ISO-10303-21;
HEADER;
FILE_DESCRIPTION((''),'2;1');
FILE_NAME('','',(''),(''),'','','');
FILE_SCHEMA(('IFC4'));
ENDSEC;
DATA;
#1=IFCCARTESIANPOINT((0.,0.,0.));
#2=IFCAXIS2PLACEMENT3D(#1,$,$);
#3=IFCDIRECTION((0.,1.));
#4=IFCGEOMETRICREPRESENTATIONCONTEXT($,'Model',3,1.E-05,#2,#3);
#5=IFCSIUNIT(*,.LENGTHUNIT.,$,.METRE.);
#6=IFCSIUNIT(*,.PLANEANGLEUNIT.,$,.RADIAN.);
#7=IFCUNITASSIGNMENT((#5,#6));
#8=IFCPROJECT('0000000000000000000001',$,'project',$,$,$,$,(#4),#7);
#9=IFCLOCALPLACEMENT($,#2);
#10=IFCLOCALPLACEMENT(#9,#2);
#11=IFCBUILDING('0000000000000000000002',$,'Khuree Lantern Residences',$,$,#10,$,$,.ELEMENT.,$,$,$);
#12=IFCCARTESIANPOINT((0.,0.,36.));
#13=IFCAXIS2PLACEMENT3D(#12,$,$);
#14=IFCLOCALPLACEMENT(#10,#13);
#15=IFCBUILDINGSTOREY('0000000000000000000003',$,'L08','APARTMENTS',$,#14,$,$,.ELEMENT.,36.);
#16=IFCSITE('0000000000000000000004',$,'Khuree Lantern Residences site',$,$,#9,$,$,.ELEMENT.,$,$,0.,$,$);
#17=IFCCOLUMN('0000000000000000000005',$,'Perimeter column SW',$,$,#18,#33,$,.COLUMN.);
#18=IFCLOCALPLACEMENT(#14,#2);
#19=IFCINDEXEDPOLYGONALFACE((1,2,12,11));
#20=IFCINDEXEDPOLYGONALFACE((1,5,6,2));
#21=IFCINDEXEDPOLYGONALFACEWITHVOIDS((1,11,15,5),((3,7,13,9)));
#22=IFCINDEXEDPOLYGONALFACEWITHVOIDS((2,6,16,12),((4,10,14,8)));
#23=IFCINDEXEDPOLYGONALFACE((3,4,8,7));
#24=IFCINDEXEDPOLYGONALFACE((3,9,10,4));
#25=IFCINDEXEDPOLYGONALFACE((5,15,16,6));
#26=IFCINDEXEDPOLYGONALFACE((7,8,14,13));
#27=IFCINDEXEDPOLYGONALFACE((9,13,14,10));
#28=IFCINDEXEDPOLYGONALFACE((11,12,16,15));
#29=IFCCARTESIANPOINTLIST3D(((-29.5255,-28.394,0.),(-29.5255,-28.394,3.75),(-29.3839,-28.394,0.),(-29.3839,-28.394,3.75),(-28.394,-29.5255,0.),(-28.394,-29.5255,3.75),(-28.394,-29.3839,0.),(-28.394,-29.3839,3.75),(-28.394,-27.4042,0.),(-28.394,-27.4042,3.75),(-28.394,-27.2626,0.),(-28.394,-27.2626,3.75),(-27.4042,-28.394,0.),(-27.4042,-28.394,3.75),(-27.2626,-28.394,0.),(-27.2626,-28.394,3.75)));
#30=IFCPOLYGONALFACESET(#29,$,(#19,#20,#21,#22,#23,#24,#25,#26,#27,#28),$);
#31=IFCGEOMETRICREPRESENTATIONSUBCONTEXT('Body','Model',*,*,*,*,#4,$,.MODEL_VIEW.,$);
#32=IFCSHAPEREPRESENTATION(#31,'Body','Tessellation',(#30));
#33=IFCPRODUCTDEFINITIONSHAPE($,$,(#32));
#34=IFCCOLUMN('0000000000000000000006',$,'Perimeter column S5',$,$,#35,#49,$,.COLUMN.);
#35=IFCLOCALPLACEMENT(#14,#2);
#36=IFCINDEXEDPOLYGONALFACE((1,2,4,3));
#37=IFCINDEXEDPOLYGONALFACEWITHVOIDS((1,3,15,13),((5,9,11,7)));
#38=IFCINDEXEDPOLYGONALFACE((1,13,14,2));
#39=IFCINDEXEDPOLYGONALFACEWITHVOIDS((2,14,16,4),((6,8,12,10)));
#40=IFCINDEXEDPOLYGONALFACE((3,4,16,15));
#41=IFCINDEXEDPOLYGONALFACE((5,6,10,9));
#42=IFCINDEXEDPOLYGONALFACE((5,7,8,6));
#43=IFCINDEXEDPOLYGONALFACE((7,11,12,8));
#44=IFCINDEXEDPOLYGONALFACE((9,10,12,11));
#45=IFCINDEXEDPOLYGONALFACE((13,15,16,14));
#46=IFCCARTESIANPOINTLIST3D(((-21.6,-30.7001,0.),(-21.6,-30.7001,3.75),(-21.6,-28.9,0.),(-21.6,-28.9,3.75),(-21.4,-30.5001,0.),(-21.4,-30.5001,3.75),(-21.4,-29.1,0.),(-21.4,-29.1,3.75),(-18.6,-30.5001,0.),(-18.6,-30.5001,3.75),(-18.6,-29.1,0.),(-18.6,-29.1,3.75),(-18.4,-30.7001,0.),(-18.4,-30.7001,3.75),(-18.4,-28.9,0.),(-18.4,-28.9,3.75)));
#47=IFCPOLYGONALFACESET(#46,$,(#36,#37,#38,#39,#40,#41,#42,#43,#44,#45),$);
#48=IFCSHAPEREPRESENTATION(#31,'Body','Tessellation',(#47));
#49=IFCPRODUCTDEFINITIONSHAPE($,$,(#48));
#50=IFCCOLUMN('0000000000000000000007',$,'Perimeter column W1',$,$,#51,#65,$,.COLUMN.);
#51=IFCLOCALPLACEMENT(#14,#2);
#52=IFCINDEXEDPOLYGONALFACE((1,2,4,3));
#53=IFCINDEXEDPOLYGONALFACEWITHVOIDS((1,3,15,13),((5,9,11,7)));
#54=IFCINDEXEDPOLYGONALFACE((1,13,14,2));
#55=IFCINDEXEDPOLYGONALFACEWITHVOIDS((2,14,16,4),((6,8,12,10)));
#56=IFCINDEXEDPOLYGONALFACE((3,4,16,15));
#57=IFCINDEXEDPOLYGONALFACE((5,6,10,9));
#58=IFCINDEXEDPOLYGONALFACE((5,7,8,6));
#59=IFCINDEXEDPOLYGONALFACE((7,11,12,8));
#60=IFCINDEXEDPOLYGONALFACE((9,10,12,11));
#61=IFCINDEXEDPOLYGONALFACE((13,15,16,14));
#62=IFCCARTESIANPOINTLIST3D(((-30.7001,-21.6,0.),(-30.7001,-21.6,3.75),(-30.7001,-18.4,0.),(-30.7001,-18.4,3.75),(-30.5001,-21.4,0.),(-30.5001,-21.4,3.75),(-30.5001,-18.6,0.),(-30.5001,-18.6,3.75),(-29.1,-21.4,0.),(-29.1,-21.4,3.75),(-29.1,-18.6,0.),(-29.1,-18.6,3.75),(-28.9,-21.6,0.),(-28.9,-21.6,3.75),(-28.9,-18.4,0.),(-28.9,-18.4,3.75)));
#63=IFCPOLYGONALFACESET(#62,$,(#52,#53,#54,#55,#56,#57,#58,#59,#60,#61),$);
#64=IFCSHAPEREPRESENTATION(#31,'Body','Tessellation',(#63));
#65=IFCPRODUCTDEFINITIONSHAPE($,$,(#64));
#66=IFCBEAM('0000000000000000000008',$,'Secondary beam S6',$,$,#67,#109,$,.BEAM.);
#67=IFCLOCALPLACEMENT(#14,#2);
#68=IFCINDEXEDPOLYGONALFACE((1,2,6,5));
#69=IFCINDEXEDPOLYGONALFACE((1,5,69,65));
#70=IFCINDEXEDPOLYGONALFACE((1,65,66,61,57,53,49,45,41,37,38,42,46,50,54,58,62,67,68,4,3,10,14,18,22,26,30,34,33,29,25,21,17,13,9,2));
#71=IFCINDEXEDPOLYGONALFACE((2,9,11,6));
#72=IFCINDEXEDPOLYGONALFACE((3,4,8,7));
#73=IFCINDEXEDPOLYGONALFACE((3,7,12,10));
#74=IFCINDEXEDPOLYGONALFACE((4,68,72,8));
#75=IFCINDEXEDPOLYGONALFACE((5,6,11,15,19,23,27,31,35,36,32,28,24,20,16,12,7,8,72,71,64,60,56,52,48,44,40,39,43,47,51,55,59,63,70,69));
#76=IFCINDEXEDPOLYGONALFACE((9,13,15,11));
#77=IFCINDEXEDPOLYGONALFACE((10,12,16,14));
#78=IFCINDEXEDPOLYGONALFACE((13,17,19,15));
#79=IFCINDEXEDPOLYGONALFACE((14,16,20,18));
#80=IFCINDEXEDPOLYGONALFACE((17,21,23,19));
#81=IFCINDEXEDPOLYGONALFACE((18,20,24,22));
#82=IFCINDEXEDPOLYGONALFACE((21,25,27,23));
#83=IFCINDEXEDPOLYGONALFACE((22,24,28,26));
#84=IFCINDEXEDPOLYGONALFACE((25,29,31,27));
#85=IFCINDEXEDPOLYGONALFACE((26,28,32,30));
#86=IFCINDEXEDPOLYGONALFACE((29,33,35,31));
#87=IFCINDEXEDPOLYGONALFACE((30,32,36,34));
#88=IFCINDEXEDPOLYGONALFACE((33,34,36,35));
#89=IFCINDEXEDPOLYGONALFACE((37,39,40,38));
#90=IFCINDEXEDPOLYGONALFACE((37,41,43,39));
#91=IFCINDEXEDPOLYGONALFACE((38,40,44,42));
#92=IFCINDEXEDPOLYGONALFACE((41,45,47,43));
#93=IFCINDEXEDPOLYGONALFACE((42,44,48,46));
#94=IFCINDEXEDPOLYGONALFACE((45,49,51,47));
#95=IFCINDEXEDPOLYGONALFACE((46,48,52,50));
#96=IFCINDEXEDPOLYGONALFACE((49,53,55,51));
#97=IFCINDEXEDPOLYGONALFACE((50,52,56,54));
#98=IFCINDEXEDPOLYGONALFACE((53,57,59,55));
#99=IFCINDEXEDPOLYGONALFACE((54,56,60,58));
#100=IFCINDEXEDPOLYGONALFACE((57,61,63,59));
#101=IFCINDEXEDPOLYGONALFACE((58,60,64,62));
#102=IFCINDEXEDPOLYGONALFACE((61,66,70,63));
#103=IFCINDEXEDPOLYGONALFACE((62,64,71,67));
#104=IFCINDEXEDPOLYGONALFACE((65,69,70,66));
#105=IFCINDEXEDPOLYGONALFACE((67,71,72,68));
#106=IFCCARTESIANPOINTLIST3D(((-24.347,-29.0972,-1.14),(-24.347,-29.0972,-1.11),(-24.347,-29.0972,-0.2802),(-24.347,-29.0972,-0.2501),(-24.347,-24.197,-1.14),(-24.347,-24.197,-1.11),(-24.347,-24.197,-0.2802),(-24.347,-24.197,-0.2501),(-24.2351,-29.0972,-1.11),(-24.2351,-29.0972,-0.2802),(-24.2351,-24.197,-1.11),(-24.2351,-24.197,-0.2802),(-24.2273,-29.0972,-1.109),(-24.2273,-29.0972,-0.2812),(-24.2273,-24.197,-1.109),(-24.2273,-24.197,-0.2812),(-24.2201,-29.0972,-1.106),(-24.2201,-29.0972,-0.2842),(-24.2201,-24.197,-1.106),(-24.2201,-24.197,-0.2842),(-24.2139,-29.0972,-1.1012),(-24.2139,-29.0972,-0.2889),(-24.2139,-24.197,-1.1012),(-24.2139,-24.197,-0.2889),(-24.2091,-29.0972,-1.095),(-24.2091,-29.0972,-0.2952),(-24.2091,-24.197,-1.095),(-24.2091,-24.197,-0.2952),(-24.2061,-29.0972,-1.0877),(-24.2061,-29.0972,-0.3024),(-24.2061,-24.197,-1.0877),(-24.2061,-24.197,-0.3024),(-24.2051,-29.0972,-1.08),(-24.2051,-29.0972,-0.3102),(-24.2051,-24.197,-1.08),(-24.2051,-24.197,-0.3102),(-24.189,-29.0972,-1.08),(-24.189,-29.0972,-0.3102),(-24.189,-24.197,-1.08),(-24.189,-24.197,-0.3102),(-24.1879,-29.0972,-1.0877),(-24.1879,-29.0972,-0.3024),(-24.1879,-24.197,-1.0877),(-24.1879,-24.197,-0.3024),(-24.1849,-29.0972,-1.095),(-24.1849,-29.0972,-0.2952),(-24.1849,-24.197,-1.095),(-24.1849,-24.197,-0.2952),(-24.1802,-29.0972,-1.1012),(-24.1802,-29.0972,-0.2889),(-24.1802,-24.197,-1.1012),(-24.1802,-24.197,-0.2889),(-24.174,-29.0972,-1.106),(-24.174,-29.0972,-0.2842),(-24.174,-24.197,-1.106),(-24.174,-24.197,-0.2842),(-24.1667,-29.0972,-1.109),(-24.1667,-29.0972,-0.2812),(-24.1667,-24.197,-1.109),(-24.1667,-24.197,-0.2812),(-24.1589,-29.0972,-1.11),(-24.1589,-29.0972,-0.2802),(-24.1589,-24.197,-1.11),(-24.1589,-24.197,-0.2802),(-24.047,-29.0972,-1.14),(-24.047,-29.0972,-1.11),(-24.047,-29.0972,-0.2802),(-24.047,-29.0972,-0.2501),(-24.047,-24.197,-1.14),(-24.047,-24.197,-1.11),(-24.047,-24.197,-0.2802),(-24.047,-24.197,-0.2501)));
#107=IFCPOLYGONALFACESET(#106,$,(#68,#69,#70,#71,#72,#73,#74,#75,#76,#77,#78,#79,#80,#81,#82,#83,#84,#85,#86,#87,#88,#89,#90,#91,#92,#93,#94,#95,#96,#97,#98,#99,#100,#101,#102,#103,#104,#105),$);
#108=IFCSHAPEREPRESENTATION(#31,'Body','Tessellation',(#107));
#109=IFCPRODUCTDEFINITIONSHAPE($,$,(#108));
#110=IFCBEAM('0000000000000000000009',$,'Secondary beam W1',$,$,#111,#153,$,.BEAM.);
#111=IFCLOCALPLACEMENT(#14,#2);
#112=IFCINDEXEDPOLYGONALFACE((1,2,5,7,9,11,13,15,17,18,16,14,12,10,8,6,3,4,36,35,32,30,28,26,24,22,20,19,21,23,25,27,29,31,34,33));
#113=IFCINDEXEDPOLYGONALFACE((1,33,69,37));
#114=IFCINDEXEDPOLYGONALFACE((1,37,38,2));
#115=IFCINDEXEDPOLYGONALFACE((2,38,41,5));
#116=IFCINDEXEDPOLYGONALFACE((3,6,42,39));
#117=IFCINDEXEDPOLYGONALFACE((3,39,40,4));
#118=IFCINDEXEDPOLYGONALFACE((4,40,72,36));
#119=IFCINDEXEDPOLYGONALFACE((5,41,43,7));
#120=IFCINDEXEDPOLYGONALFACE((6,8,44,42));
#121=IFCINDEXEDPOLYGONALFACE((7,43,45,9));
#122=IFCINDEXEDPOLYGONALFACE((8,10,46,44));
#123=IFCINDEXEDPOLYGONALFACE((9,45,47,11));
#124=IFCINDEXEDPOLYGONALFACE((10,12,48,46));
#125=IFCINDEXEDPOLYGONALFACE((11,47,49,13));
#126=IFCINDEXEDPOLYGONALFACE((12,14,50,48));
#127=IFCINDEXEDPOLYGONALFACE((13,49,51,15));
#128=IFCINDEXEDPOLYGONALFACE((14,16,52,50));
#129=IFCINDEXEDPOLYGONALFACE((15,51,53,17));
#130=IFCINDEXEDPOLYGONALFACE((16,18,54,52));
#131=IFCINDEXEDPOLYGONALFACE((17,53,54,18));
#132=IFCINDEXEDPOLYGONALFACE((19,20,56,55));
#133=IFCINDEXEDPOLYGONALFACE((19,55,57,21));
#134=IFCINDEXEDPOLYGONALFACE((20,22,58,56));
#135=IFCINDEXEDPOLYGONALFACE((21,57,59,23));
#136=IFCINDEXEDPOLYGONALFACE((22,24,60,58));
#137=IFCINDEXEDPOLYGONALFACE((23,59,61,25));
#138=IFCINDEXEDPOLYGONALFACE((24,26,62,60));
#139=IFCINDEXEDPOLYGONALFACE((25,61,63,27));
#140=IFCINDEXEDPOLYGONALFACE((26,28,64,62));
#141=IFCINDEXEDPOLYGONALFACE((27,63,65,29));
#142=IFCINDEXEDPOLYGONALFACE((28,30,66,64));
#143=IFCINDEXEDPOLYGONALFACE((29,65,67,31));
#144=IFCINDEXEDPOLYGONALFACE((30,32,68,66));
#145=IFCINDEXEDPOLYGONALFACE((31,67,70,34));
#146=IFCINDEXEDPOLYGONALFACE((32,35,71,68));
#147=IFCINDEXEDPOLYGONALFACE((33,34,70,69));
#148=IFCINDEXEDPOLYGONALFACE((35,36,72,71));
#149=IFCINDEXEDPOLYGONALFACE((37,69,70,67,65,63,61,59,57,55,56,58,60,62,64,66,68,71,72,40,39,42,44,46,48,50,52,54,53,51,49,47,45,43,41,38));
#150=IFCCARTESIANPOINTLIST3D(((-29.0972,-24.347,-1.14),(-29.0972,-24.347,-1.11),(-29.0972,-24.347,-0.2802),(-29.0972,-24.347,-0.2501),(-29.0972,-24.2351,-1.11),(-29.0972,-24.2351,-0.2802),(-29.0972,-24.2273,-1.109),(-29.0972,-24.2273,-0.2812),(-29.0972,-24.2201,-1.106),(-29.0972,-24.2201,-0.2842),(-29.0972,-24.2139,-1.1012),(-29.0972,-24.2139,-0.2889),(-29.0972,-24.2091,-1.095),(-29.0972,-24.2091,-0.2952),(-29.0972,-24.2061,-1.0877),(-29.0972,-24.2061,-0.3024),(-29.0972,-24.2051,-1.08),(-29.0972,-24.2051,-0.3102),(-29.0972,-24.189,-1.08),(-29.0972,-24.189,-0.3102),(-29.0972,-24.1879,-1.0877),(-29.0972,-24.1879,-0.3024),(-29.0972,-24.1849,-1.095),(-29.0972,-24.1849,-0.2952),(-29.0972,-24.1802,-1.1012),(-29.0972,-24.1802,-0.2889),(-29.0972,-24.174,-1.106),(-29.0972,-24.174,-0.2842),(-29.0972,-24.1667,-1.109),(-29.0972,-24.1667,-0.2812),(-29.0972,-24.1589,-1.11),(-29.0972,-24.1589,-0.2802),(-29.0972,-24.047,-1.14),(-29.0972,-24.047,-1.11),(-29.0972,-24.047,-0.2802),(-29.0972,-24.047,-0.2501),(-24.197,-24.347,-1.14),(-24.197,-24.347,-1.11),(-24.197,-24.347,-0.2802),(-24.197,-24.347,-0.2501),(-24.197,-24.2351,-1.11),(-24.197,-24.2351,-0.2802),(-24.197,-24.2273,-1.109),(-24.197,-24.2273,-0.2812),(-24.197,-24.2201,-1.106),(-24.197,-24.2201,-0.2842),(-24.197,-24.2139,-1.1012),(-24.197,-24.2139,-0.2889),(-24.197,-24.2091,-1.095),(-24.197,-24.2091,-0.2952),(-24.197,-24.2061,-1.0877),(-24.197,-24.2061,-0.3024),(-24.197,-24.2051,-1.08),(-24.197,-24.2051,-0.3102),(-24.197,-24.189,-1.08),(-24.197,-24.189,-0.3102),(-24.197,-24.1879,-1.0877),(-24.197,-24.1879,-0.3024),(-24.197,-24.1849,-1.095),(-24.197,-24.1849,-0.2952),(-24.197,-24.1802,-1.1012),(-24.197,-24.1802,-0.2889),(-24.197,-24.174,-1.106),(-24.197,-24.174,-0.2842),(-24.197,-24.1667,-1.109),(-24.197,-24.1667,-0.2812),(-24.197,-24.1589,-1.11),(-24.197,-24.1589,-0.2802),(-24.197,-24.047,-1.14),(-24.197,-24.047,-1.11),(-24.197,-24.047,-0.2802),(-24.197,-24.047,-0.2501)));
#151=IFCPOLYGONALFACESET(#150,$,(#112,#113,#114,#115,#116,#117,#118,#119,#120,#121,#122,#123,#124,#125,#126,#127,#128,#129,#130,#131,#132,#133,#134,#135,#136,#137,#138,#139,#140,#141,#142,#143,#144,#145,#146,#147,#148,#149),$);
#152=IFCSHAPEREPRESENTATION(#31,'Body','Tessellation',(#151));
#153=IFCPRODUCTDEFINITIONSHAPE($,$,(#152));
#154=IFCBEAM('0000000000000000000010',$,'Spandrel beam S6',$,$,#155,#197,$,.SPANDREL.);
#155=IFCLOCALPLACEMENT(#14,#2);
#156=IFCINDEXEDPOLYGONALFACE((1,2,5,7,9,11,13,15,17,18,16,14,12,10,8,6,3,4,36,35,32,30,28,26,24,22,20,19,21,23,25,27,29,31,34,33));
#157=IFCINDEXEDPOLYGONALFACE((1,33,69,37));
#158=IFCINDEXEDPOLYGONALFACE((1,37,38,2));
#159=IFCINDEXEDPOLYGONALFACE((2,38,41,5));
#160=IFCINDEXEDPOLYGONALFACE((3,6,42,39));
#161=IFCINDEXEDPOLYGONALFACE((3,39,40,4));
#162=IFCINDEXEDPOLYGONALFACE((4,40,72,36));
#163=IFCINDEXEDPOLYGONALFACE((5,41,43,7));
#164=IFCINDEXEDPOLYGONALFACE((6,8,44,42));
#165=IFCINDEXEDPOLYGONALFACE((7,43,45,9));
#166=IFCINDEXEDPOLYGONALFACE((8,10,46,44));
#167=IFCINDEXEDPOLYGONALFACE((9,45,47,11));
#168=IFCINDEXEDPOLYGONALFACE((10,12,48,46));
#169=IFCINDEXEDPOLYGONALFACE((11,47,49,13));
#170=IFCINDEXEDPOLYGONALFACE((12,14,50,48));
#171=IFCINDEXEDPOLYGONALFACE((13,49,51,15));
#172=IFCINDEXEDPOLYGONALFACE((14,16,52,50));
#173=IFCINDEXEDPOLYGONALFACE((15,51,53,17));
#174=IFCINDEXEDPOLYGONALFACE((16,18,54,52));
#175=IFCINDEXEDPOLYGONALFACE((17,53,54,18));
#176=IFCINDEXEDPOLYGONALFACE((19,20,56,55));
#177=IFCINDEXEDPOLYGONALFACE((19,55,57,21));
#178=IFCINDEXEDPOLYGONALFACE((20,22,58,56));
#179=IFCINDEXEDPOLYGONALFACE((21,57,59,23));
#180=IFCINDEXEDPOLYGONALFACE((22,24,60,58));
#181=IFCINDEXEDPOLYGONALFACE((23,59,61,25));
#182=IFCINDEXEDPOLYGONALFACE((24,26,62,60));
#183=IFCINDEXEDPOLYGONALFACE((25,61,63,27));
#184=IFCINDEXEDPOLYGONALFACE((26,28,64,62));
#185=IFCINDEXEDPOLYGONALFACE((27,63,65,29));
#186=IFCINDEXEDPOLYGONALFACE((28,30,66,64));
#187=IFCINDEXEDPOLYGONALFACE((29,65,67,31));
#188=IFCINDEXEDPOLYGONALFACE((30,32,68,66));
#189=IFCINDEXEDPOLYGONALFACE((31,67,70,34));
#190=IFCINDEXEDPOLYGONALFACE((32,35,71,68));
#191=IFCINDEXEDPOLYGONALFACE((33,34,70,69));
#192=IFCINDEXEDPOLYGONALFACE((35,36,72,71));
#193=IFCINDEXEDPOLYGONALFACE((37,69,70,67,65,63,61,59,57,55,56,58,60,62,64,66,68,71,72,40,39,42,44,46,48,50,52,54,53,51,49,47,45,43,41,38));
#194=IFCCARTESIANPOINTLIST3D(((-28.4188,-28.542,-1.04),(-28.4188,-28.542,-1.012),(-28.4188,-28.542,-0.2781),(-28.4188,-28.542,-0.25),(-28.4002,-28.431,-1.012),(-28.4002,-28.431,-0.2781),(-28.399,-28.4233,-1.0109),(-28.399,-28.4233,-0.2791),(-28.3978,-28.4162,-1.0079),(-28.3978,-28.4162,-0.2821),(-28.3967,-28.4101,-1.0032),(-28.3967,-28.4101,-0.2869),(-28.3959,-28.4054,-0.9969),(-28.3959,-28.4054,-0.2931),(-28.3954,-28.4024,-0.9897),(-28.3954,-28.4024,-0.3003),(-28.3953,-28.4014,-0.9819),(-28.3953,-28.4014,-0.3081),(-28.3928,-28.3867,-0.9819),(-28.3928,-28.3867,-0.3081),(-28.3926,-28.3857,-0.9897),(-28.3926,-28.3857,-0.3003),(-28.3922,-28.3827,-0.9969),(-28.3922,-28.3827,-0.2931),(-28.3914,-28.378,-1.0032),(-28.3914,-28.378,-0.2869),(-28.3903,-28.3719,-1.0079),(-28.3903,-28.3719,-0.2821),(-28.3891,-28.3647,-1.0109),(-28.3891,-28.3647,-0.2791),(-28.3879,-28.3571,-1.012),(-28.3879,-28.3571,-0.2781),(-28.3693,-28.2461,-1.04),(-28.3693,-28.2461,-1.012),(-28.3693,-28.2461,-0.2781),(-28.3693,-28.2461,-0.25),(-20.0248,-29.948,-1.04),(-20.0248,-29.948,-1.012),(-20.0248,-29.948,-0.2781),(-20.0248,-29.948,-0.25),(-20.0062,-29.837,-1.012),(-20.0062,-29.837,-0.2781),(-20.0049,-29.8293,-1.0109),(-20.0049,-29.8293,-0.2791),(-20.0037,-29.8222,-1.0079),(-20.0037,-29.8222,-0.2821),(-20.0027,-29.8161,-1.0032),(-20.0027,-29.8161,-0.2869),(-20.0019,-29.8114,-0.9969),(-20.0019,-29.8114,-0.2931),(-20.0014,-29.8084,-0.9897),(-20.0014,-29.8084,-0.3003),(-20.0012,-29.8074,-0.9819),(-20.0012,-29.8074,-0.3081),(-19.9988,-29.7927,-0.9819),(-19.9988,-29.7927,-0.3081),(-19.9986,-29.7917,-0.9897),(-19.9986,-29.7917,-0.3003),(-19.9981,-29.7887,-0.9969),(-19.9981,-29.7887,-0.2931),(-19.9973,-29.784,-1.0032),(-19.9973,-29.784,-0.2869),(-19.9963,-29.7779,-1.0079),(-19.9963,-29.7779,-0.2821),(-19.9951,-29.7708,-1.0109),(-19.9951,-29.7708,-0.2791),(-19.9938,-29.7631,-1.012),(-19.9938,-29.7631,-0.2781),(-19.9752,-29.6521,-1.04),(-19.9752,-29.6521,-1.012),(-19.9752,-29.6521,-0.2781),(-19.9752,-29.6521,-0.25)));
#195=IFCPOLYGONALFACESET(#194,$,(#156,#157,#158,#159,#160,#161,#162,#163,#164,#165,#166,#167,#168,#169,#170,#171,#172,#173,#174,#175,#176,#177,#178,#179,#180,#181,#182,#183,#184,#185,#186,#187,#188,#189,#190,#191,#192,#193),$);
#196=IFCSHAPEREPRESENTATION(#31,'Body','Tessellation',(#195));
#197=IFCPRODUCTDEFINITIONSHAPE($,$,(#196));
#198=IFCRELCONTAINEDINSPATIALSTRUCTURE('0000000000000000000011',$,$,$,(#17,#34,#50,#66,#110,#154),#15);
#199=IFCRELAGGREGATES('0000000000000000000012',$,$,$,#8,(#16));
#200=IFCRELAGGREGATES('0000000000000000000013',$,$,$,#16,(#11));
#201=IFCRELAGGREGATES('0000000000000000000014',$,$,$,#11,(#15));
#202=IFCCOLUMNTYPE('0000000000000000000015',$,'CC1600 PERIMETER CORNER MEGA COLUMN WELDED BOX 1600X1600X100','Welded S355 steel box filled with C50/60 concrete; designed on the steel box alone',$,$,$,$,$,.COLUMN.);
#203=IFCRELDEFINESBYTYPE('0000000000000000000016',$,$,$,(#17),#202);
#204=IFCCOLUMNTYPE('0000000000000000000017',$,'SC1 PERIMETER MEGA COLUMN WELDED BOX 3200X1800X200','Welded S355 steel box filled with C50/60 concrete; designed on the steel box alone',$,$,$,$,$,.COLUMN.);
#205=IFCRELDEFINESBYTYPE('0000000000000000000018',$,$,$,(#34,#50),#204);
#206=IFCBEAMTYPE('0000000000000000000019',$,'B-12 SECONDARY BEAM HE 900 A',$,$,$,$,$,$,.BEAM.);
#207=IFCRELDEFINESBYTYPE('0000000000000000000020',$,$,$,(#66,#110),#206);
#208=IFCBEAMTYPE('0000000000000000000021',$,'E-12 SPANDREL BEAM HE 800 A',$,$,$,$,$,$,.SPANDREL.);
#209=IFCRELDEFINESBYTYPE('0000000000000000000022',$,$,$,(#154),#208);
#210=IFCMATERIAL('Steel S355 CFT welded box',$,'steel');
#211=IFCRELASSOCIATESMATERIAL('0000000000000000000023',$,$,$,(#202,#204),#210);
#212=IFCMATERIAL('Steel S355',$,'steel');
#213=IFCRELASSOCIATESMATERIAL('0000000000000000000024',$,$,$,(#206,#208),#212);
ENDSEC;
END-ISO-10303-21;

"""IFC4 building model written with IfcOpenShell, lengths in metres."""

from ifc_helpers import new_model, si_unit, direction, frame, origin, origin_2d, place, context, subcontext, project, spatial, hollow_rectangle, i_section, extrude, material, material_profile, profile_set, type_object, element, save


model = new_model("IFC4")

# Units and contexts
model_context = context("Model", 3, precision=1e-05, world=origin(), true_north=direction((0.0, 1.0)))
body_context = subcontext(model_context, "Body", "Model", "MODEL_VIEW")
ifc_project = project(units=[si_unit("LENGTHUNIT", "METRE"), si_unit("PLANEANGLEUNIT", "RADIAN")], contexts=[model_context])

# Site, building, storey
site_placement = place(None, origin())
site = spatial("IfcSite", under=ifc_project, at=site_placement, Name="Khuree Lantern Residences site", CompositionType="ELEMENT", RefElevation=0.0)
building_placement = place(site_placement, origin())
building = spatial("IfcBuilding", under=site, at=building_placement, Name="Khuree Lantern Residences", CompositionType="ELEMENT")
storey_placement = place(building_placement, frame((0.0, 0.0, 36.0)))
storey = spatial("IfcBuildingStorey", under=building, at=storey_placement, Name="L08", Description="APARTMENTS", CompositionType="ELEMENT", Elevation=36.0)

# Columns
ifc_material_1 = material(Name="Steel S355 CFT welded box", Category="steel")
ifc_material_profile_1 = material_profile(ifc_material_1, hollow_rectangle(XDim=1.6001, YDim=1.6001, WallThickness=0.1001, at=origin_2d()), Name="WELDED BOX 1600X1600X100")
ifc_profile_set_1 = profile_set([ifc_material_profile_1], Name="Steel S355 CFT welded box")
column_type_1 = type_object("IfcColumnType", Name="CC1600 PERIMETER CORNER MEGA COLUMN WELDED BOX 1600X1600X100", Description="Welded S355 steel box filled with C50/60 concrete; designed on the steel box alone", PredefinedType="COLUMN", material=ifc_profile_set_1)
column_placement = place(storey_placement, frame((-28.394, -28.394, 0.0), z_axis=(0.0, 0.0, 1.0), x_axis=(0.707107, -0.707107, 0.0)))
element("IfcColumn", 1, at=column_placement, inside=storey, type_object=column_type_1, Name="Perimeter column SW", PredefinedType="COLUMN", context=body_context, shape_type="SweptSolid", body=[
    extrude(hollow_rectangle(XDim=1.6001, YDim=1.6001, WallThickness=0.1001, at=origin_2d()), origin(), (0.0, 0.0, 1.0), 3.75),
])
ifc_material_profile_2 = material_profile(ifc_material_1, hollow_rectangle(XDim=3.2, YDim=1.8, WallThickness=0.2, at=origin_2d()), Name="WELDED BOX 3200X1800X200")
ifc_profile_set_2 = profile_set([ifc_material_profile_2], Name="Steel S355 CFT welded box")
column_type_2 = type_object("IfcColumnType", Name="SC1 PERIMETER MEGA COLUMN WELDED BOX 3200X1800X200", Description="Welded S355 steel box filled with C50/60 concrete; designed on the steel box alone", PredefinedType="COLUMN", material=ifc_profile_set_2)
for number, where, z_axis, x_axis, name in (
    (2, (-20.0, -29.8, 0.0), (0.0, 0.0, 1.0), (1.0, 0.0, 0.0), "Perimeter column S5"),
    (3, (-29.8, -20.0, 0.0), (0.0, 0.0, 1.0), (0.0, 1.0, 0.0), "Perimeter column W1"),
):
    element("IfcColumn", number, at=place(storey_placement, frame(where, z_axis=z_axis, x_axis=x_axis)), inside=storey, type_object=column_type_2, Name=name, PredefinedType="COLUMN", context=body_context, shape_type="SweptSolid", body=[
        extrude(hollow_rectangle(XDim=3.2, YDim=1.8, WallThickness=0.2, at=origin_2d()), origin(), (0.0, 0.0, 1.0), 3.75),
    ])

# Beams
ifc_material_2 = material(Name="Steel S355", Category="steel")
ifc_material_profile_3 = material_profile(ifc_material_2, i_section(OverallWidth=0.3, OverallDepth=0.8899, WebThickness=0.0161, FlangeThickness=0.03, FilletRadius=0.03, at=origin_2d()), Name="HE 900 A")
ifc_profile_set_3 = profile_set([ifc_material_profile_3], Name="Steel S355")
beam_type_1 = type_object("IfcBeamType", Name="B-12 SECONDARY BEAM HE 900 A", PredefinedType="BEAM", material=ifc_profile_set_3)
for number, where, z_axis, x_axis, name in (
    (4, (-24.197, -29.0972, -0.6951), (0.0, 1.0, 0.0), (-1.0, 0.0, 0.0), "Secondary beam S6"),
    (5, (-29.0972, -24.197, -0.6951), (1.0, 0.0, 0.0), (0.0, 1.0, 0.0), "Secondary beam W1"),
):
    element("IfcBeam", number, at=place(storey_placement, frame(where, z_axis=z_axis, x_axis=x_axis)), inside=storey, type_object=beam_type_1, Name=name, PredefinedType="BEAM", context=body_context, shape_type="SweptSolid", body=[
        extrude(i_section(OverallWidth=0.3, OverallDepth=0.8899, WebThickness=0.0161, FlangeThickness=0.03, FilletRadius=0.03, at=origin_2d()), origin(), (0.0, 0.0, 1.0), 4.9001),
    ])
ifc_material_profile_4 = material_profile(ifc_material_2, i_section(OverallWidth=0.3, OverallDepth=0.79, WebThickness=0.0149, FlangeThickness=0.0281, FilletRadius=0.03, at=origin_2d()), Name="HE 800 A")
ifc_profile_set_4 = profile_set([ifc_material_profile_4], Name="Steel S355")
beam_type_2 = type_object("IfcBeamType", Name="E-12 SPANDREL BEAM HE 800 A", PredefinedType="SPANDREL", material=ifc_profile_set_4)
for number, where, z_axis, x_axis, name in (
    (6, (-20.0, -29.8, -0.645), (-0.98626, 0.165199, 0.0), (-0.165199, -0.98626, 0.0), "Spandrel beam S6"),
):
    element("IfcBeam", number, at=place(storey_placement, frame(where, z_axis=z_axis, x_axis=x_axis)), inside=storey, type_object=beam_type_2, Name=name, PredefinedType="SPANDREL", context=body_context, shape_type="SweptSolid", body=[
        extrude(i_section(OverallWidth=0.3, OverallDepth=0.79, WebThickness=0.0149, FlangeThickness=0.0281, FilletRadius=0.03, at=origin_2d()), origin(), (0.0, 0.0, 1.0), 8.511),
    ])

save(model, "model.ifc")
